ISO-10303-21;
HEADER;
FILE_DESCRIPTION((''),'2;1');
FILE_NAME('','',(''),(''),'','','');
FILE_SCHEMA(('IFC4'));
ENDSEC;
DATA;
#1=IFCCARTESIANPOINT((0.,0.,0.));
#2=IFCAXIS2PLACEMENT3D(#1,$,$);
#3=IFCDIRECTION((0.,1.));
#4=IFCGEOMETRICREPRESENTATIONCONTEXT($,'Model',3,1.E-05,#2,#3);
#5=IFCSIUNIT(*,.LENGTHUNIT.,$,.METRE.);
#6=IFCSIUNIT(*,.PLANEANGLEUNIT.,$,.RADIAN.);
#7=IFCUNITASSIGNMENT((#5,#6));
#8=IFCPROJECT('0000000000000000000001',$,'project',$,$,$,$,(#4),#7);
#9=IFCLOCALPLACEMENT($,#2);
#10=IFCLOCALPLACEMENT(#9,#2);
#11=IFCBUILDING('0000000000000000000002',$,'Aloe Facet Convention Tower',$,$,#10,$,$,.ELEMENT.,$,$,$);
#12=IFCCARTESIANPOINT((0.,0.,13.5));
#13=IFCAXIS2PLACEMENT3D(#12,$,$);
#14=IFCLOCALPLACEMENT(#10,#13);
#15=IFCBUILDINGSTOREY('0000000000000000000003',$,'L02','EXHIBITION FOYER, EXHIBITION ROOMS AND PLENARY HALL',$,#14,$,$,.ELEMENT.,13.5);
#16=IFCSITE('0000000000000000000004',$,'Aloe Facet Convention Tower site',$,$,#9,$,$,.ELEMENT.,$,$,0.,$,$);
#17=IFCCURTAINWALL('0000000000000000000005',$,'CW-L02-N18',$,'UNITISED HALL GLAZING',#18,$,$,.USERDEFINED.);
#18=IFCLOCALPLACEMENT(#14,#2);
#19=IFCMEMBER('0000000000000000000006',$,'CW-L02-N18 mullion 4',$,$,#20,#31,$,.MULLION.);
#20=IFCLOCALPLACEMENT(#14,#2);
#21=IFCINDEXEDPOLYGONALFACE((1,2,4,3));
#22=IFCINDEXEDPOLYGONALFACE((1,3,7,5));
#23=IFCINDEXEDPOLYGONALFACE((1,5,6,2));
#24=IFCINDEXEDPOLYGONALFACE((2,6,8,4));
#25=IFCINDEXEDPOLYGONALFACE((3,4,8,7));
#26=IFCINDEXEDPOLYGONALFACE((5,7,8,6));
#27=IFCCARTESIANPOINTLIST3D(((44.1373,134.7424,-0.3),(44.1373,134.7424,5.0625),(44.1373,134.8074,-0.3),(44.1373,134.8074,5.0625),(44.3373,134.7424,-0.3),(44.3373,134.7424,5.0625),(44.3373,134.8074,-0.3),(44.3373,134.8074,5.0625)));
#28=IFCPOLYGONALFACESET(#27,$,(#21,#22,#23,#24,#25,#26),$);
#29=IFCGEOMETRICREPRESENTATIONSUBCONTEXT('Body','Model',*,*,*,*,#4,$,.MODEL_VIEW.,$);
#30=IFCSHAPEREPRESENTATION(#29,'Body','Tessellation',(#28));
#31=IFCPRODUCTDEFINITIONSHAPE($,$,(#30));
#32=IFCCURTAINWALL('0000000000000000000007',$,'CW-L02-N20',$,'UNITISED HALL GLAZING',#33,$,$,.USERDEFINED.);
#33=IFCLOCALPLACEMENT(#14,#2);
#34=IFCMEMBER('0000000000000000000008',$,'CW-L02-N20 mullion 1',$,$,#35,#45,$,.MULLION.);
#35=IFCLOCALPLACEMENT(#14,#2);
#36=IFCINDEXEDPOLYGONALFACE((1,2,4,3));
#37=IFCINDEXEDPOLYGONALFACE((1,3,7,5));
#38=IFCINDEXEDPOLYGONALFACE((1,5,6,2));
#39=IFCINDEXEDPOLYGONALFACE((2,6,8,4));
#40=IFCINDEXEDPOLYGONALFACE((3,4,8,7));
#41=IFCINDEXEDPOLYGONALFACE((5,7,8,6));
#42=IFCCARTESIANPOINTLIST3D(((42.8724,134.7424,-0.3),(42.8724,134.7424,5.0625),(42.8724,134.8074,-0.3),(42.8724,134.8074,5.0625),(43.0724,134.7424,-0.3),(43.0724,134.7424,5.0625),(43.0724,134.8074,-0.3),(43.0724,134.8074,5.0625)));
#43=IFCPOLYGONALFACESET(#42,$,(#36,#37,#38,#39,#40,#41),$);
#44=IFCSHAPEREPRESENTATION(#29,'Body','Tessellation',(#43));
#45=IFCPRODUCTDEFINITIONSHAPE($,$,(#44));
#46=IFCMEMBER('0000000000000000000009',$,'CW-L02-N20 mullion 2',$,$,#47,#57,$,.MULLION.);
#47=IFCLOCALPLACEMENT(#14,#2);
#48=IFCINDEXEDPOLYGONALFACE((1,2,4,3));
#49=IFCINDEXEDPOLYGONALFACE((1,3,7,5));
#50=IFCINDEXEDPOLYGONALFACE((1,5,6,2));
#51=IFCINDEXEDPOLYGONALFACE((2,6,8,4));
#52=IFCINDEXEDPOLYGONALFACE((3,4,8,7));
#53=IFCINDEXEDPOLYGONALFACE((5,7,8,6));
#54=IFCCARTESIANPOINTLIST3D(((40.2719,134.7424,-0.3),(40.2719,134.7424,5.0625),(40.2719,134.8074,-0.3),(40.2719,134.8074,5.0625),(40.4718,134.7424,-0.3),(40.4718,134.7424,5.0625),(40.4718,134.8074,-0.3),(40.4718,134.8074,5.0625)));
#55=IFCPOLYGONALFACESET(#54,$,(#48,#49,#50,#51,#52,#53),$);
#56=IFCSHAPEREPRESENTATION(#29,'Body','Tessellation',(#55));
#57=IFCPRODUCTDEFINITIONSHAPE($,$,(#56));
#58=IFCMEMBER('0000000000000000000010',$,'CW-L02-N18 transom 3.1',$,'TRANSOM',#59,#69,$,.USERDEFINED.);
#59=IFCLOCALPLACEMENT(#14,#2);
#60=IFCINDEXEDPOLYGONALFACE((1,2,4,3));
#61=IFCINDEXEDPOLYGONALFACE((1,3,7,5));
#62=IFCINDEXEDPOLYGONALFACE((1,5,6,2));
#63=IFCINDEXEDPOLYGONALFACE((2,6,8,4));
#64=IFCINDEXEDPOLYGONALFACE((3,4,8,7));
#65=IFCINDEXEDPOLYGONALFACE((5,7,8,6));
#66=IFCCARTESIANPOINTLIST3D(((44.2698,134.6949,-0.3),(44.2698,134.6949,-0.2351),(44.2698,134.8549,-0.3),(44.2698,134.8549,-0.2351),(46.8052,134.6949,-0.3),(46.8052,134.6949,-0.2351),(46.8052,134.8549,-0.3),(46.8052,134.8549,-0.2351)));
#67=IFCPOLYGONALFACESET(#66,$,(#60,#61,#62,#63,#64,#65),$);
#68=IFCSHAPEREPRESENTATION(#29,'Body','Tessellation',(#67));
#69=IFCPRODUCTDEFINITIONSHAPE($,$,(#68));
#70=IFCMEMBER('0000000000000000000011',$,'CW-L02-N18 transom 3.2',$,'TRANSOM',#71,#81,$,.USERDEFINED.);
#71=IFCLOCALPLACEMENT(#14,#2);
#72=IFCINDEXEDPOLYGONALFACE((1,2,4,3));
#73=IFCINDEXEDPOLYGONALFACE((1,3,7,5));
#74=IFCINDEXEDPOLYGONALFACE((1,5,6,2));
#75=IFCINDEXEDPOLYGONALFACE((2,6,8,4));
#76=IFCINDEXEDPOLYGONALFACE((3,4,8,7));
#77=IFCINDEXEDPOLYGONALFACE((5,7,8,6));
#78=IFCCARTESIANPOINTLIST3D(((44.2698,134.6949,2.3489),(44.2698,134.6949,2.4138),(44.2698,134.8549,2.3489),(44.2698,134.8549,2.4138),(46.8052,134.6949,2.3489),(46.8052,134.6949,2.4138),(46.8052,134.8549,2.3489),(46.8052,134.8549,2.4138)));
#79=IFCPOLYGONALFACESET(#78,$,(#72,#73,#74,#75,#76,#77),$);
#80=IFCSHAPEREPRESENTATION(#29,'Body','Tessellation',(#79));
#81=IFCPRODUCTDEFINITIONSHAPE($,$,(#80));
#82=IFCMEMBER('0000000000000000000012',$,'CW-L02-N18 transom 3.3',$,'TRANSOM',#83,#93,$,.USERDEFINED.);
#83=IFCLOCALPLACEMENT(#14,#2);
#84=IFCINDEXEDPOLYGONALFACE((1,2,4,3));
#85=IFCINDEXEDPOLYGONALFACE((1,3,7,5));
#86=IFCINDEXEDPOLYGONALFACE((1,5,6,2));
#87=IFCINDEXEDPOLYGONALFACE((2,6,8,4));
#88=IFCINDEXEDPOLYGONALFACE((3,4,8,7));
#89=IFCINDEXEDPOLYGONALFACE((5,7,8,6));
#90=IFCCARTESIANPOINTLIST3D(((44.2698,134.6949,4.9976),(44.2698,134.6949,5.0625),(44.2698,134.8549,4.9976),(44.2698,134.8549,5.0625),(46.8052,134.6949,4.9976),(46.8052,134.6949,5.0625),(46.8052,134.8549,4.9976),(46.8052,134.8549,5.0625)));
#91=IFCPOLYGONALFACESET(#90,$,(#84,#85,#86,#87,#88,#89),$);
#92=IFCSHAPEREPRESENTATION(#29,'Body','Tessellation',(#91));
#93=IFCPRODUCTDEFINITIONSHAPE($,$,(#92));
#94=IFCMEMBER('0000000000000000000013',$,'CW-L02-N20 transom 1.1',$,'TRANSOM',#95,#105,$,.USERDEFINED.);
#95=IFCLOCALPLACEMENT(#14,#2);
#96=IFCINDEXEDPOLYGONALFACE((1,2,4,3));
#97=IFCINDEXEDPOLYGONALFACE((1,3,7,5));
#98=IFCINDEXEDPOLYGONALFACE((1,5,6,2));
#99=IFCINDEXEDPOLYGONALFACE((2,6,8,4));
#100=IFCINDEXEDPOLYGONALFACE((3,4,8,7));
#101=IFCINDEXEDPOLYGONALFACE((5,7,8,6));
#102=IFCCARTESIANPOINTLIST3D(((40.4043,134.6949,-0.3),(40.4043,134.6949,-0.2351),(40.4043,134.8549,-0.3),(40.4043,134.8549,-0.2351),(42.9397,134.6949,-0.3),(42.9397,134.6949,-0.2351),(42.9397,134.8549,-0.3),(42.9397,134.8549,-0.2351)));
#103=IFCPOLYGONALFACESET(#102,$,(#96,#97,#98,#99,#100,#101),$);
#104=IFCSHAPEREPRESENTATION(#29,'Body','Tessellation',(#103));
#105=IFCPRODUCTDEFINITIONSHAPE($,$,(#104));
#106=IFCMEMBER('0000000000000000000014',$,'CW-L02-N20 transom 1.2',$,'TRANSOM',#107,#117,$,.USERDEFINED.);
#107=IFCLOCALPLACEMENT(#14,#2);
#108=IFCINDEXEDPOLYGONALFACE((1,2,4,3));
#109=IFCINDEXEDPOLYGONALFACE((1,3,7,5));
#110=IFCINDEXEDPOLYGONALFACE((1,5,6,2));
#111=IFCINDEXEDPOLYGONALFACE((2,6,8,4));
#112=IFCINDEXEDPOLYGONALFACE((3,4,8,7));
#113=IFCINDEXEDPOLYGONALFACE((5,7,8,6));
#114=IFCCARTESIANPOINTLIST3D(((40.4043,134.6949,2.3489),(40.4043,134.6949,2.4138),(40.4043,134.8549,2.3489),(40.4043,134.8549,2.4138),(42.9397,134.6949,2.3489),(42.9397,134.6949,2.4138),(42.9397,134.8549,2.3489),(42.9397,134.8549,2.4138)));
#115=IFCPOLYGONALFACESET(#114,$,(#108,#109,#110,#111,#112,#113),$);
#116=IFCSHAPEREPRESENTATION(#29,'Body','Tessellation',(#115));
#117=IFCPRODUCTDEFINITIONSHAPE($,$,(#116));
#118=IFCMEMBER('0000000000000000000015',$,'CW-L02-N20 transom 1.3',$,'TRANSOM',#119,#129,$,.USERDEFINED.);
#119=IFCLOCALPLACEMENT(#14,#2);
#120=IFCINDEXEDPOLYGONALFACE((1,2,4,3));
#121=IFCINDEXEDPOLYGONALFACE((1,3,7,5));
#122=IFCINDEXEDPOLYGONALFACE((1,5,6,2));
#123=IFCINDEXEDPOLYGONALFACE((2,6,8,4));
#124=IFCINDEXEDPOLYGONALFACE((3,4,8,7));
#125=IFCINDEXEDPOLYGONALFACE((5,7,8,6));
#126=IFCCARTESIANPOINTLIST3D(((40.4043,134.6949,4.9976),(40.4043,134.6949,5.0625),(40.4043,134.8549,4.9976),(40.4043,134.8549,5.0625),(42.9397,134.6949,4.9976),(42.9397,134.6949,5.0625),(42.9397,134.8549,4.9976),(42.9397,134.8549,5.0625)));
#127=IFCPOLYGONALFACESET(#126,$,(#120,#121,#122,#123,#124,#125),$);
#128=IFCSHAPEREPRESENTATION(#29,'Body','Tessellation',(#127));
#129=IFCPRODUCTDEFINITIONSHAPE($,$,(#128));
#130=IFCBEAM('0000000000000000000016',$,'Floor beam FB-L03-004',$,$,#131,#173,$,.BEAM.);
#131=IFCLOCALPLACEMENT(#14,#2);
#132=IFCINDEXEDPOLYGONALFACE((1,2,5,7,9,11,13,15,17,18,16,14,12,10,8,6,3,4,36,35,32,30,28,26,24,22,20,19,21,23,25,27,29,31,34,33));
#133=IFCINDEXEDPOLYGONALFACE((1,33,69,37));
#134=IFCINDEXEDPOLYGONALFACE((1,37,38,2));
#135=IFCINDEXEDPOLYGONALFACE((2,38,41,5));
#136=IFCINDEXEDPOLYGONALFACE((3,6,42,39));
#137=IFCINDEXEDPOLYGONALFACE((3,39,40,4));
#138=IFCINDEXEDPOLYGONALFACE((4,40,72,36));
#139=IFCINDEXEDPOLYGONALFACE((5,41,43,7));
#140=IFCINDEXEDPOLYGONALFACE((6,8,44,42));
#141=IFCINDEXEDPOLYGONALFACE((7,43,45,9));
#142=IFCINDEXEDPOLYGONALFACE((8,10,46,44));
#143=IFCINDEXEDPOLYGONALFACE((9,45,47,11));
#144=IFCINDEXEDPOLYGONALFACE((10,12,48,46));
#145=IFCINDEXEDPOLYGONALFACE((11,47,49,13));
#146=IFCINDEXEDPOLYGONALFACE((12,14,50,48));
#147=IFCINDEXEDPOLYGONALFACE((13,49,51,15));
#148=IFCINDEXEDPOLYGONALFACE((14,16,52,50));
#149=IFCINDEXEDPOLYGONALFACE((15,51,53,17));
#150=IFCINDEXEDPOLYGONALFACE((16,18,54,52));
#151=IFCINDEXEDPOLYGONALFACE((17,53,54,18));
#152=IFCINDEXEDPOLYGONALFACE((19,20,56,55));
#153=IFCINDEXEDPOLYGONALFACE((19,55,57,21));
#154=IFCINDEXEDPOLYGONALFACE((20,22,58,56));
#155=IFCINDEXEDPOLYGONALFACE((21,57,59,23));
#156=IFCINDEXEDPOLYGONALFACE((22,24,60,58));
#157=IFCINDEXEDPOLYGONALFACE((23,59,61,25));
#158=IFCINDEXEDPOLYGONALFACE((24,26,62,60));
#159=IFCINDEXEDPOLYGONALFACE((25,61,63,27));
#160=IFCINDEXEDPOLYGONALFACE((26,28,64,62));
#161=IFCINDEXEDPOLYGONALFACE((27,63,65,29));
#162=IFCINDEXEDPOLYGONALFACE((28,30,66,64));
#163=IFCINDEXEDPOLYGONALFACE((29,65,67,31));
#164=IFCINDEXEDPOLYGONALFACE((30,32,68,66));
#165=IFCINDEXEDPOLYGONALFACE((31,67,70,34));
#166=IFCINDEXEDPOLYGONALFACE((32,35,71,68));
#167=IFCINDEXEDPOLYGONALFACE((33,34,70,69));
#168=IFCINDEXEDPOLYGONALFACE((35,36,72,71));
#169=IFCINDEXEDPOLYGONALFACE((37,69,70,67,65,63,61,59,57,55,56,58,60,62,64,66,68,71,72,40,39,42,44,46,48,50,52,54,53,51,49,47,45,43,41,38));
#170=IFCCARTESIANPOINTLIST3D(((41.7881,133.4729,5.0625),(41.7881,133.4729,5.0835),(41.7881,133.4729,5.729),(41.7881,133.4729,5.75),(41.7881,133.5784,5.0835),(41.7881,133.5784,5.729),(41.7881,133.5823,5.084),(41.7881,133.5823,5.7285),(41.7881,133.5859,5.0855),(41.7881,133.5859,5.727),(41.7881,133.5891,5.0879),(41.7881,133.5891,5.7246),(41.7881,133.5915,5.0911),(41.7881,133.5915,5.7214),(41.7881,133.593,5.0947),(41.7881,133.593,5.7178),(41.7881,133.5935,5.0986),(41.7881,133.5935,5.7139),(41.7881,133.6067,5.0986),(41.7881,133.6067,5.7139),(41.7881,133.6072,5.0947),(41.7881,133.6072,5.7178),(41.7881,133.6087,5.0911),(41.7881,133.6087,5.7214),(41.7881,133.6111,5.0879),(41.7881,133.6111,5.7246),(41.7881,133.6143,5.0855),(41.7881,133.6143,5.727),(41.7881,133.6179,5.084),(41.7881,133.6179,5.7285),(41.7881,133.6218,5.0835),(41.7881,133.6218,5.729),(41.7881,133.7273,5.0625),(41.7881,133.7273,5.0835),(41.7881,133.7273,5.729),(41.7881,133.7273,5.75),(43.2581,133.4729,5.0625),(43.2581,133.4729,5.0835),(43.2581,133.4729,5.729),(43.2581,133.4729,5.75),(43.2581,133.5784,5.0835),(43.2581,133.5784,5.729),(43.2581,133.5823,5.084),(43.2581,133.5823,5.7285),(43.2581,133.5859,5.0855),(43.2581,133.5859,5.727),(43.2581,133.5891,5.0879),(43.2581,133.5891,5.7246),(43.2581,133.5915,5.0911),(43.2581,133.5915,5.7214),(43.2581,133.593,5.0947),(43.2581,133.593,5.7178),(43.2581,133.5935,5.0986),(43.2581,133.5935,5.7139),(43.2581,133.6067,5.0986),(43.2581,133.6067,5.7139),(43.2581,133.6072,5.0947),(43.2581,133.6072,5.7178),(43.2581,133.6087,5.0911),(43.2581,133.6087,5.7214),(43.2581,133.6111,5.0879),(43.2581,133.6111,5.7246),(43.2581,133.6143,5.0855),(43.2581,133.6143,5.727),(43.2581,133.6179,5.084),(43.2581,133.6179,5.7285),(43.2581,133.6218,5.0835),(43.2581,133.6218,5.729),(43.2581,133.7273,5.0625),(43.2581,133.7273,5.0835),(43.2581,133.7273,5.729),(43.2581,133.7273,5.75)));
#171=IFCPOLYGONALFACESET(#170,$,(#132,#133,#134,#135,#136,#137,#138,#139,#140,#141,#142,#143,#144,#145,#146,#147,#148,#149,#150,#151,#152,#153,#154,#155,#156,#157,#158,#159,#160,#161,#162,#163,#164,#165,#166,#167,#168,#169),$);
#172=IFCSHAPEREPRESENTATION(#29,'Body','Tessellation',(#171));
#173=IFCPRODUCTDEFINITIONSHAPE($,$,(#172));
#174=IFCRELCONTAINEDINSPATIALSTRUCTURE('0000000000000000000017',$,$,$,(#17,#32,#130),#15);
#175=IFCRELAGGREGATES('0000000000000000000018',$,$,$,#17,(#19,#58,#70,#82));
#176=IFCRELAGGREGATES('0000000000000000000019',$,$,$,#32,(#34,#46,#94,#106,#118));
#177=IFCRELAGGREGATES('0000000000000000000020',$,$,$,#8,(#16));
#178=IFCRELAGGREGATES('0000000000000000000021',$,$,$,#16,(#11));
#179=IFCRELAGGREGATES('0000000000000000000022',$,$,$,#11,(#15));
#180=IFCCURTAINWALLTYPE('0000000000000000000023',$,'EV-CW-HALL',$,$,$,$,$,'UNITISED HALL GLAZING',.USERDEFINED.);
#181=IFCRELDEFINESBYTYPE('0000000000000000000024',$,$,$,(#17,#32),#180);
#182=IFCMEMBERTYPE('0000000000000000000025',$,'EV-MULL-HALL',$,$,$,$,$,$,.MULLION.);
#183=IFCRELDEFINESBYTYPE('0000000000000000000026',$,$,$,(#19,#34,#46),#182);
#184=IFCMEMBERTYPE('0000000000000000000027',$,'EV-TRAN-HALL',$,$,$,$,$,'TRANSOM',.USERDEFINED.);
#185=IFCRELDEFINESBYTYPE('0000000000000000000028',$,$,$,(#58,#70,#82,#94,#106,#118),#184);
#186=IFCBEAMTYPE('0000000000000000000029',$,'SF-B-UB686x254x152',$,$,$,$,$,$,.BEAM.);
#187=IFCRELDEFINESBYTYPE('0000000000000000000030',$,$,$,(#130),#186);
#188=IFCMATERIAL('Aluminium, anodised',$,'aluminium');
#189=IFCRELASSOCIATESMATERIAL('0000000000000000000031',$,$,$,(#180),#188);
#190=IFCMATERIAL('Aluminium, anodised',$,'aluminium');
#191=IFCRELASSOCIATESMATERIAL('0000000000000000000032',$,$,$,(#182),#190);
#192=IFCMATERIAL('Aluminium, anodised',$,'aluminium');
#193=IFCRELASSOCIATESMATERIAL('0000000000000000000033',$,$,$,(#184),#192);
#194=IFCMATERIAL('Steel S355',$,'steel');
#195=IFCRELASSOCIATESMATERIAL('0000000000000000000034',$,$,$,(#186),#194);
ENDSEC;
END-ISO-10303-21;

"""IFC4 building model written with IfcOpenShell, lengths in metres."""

from ifc_helpers import new_model, si_unit, direction, frame, origin, origin_2d, place, context, subcontext, project, spatial, rectangle, i_section, extrude, material, material_profile, profile_set, type_object, element, aggregate, save


model = new_model("IFC4")

# Units and contexts
model_context = context("Model", 3, precision=1e-05, world=origin(), true_north=direction((0.0, 1.0)))
body_context = subcontext(model_context, "Body", "Model", "MODEL_VIEW")
ifc_project = project(units=[si_unit("LENGTHUNIT", "METRE"), si_unit("PLANEANGLEUNIT", "RADIAN")], contexts=[model_context])

# Site, building, storey
site_placement = place(None, origin())
site = spatial("IfcSite", under=ifc_project, at=site_placement, Name="Aloe Facet Convention Tower site", CompositionType="ELEMENT", RefElevation=0.0)
building_placement = place(site_placement, origin())
building = spatial("IfcBuilding", under=site, at=building_placement, Name="Aloe Facet Convention Tower", CompositionType="ELEMENT")
storey_placement = place(building_placement, frame((0.0, 0.0, 13.5)))
storey = spatial("IfcBuildingStorey", under=building, at=storey_placement, Name="L02", Description="EXHIBITION FOYER, EXHIBITION ROOMS AND PLENARY HALL", CompositionType="ELEMENT", Elevation=13.5)

# Curtain walls, members
ifc_material_1 = material(Name="Aluminium, anodised", Category="aluminium")
curtain_wall_type = type_object("IfcCurtainWallType", Name="EV-CW-HALL", ElementType="UNITISED HALL GLAZING", PredefinedType="USERDEFINED", material=ifc_material_1)
curtain_wall_1_placement = place(storey_placement, origin())
curtain_wall_1 = element("IfcCurtainWall", 1, at=curtain_wall_1_placement, inside=storey, type_object=curtain_wall_type, Name="CW-L02-N18", ObjectType="UNITISED HALL GLAZING", PredefinedType="USERDEFINED")
ifc_material_2 = material(Name="Aluminium, anodised", Category="aluminium")
ifc_material_profile_1 = material_profile(ifc_material_2, rectangle(XDim=0.0649, YDim=0.2, at=origin_2d()), Name="AL 65x200")
ifc_profile_set_1 = profile_set([ifc_material_profile_1], Name="Aluminium, anodised")
member_type_1 = type_object("IfcMemberType", Name="EV-MULL-HALL", PredefinedType="MULLION", material=ifc_profile_set_1)
member_1_placement = place(storey_placement, frame((44.2373, 134.7749, -0.3), z_axis=(0.0, 0.0, 1.0), x_axis=(0.0, -1.0, 0.0)))
member_1 = element("IfcMember", 2, at=member_1_placement, type_object=member_type_1, Name="CW-L02-N18 mullion 4", PredefinedType="MULLION", context=body_context, shape_type="SweptSolid", body=[
    extrude(rectangle(XDim=0.0649, YDim=0.2, at=origin_2d()), origin(), (0.0, 0.0, 1.0), 5.3625),
])
curtain_wall_2_placement = place(storey_placement, origin())
curtain_wall_2 = element("IfcCurtainWall", 3, at=curtain_wall_2_placement, inside=storey, type_object=curtain_wall_type, Name="CW-L02-N20", ObjectType="UNITISED HALL GLAZING", PredefinedType="USERDEFINED")
member_2_placement = place(storey_placement, frame((42.9724, 134.7749, -0.3), z_axis=(0.0, 0.0, 1.0), x_axis=(0.0, -1.0, 0.0)))
member_2 = element("IfcMember", 4, at=member_2_placement, type_object=member_type_1, Name="CW-L02-N20 mullion 1", PredefinedType="MULLION", context=body_context, shape_type="SweptSolid", body=[
    extrude(rectangle(XDim=0.0649, YDim=0.2, at=origin_2d()), origin(), (0.0, 0.0, 1.0), 5.3625),
])
member_3_placement = place(storey_placement, frame((40.3718, 134.7749, -0.3), z_axis=(0.0, 0.0, 1.0), x_axis=(0.0, -1.0, 0.0)))
member_3 = element("IfcMember", 5, at=member_3_placement, type_object=member_type_1, Name="CW-L02-N20 mullion 2", PredefinedType="MULLION", context=body_context, shape_type="SweptSolid", body=[
    extrude(rectangle(XDim=0.0649, YDim=0.2, at=origin_2d()), origin(), (0.0, 0.0, 1.0), 5.3625),
])

# Members
ifc_material_3 = material(Name="Aluminium, anodised", Category="aluminium")
ifc_material_profile_2 = material_profile(ifc_material_3, rectangle(XDim=0.1599, YDim=0.0649, at=origin_2d()), Name="AL 160x65")
ifc_profile_set_2 = profile_set([ifc_material_profile_2], Name="Aluminium, anodised")
member_type_2 = type_object("IfcMemberType", Name="EV-TRAN-HALL", ElementType="TRANSOM", PredefinedType="USERDEFINED", material=ifc_profile_set_2)
member_4_placement = place(storey_placement, frame((46.8052, 134.7749, -0.2676), z_axis=(-1.0, 0.0, 0.0), x_axis=(0.0, -1.0, 0.0)))
member_4 = element("IfcMember", 6, at=member_4_placement, type_object=member_type_2, Name="CW-L02-N18 transom 3.1", ObjectType="TRANSOM", PredefinedType="USERDEFINED", context=body_context, shape_type="SweptSolid", body=[
    extrude(rectangle(XDim=0.1599, YDim=0.0649, at=origin_2d()), origin(), (0.0, 0.0, 1.0), 2.5354),
])
member_5_placement = place(storey_placement, frame((46.8052, 134.7749, 2.3813), z_axis=(-1.0, 0.0, 0.0), x_axis=(0.0, -1.0, 0.0)))
member_5 = element("IfcMember", 7, at=member_5_placement, type_object=member_type_2, Name="CW-L02-N18 transom 3.2", ObjectType="TRANSOM", PredefinedType="USERDEFINED", context=body_context, shape_type="SweptSolid", body=[
    extrude(rectangle(XDim=0.1599, YDim=0.0649, at=origin_2d()), origin(), (0.0, 0.0, 1.0), 2.5354),
])
member_6_placement = place(storey_placement, frame((46.8052, 134.7749, 5.03), z_axis=(-1.0, 0.0, 0.0), x_axis=(0.0, -1.0, 0.0)))
member_6 = element("IfcMember", 8, at=member_6_placement, type_object=member_type_2, Name="CW-L02-N18 transom 3.3", ObjectType="TRANSOM", PredefinedType="USERDEFINED", context=body_context, shape_type="SweptSolid", body=[
    extrude(rectangle(XDim=0.1599, YDim=0.0649, at=origin_2d()), origin(), (0.0, 0.0, 1.0), 2.5354),
])
member_7_placement = place(storey_placement, frame((42.9397, 134.7749, -0.2676), z_axis=(-1.0, 0.0, 0.0), x_axis=(0.0, -1.0, 0.0)))
member_7 = element("IfcMember", 9, at=member_7_placement, type_object=member_type_2, Name="CW-L02-N20 transom 1.1", ObjectType="TRANSOM", PredefinedType="USERDEFINED", context=body_context, shape_type="SweptSolid", body=[
    extrude(rectangle(XDim=0.1599, YDim=0.0649, at=origin_2d()), origin(), (0.0, 0.0, 1.0), 2.5354),
])
member_8_placement = place(storey_placement, frame((42.9397, 134.7749, 2.3813), z_axis=(-1.0, 0.0, 0.0), x_axis=(0.0, -1.0, 0.0)))
member_8 = element("IfcMember", 10, at=member_8_placement, type_object=member_type_2, Name="CW-L02-N20 transom 1.2", ObjectType="TRANSOM", PredefinedType="USERDEFINED", context=body_context, shape_type="SweptSolid", body=[
    extrude(rectangle(XDim=0.1599, YDim=0.0649, at=origin_2d()), origin(), (0.0, 0.0, 1.0), 2.5354),
])
member_9_placement = place(storey_placement, frame((42.9397, 134.7749, 5.03), z_axis=(-1.0, 0.0, 0.0), x_axis=(0.0, -1.0, 0.0)))
member_9 = element("IfcMember", 11, at=member_9_placement, type_object=member_type_2, Name="CW-L02-N20 transom 1.3", ObjectType="TRANSOM", PredefinedType="USERDEFINED", context=body_context, shape_type="SweptSolid", body=[
    extrude(rectangle(XDim=0.1599, YDim=0.0649, at=origin_2d()), origin(), (0.0, 0.0, 1.0), 2.5354),
])

# Beam
ifc_material_4 = material(Name="Steel S355", Category="steel")
ifc_material_profile_3 = material_profile(ifc_material_4, i_section(OverallWidth=0.2544, OverallDepth=0.6875, WebThickness=0.0132, FlangeThickness=0.021, FilletRadius=0.0151, at=origin_2d()), Name="UB 686x254x152")
ifc_profile_set_3 = profile_set([ifc_material_profile_3], Name="Steel S355")
beam_type_1 = type_object("IfcBeamType", Name="SF-B-UB686x254x152", PredefinedType="BEAM", material=ifc_profile_set_3)
beam_1_placement = place(storey_placement, frame((41.7881, 133.6001, 5.4062), z_axis=(1.0, 0.0, 0.0), x_axis=(0.0, 1.0, 0.0)))
element("IfcBeam", 12, at=beam_1_placement, inside=storey, type_object=beam_type_1, Name="Floor beam FB-L03-004", PredefinedType="BEAM", context=body_context, shape_type="SweptSolid", body=[
    extrude(i_section(OverallWidth=0.2544, OverallDepth=0.6875, WebThickness=0.0132, FlangeThickness=0.021, FilletRadius=0.0151, at=origin_2d()), origin(), (0.0, 0.0, 1.0), 1.47),
])

aggregate(curtain_wall_1, [member_1, member_4, member_5, member_6])
aggregate(curtain_wall_2, [member_2, member_3, member_7, member_8, member_9])

save(model, "model.ifc")
